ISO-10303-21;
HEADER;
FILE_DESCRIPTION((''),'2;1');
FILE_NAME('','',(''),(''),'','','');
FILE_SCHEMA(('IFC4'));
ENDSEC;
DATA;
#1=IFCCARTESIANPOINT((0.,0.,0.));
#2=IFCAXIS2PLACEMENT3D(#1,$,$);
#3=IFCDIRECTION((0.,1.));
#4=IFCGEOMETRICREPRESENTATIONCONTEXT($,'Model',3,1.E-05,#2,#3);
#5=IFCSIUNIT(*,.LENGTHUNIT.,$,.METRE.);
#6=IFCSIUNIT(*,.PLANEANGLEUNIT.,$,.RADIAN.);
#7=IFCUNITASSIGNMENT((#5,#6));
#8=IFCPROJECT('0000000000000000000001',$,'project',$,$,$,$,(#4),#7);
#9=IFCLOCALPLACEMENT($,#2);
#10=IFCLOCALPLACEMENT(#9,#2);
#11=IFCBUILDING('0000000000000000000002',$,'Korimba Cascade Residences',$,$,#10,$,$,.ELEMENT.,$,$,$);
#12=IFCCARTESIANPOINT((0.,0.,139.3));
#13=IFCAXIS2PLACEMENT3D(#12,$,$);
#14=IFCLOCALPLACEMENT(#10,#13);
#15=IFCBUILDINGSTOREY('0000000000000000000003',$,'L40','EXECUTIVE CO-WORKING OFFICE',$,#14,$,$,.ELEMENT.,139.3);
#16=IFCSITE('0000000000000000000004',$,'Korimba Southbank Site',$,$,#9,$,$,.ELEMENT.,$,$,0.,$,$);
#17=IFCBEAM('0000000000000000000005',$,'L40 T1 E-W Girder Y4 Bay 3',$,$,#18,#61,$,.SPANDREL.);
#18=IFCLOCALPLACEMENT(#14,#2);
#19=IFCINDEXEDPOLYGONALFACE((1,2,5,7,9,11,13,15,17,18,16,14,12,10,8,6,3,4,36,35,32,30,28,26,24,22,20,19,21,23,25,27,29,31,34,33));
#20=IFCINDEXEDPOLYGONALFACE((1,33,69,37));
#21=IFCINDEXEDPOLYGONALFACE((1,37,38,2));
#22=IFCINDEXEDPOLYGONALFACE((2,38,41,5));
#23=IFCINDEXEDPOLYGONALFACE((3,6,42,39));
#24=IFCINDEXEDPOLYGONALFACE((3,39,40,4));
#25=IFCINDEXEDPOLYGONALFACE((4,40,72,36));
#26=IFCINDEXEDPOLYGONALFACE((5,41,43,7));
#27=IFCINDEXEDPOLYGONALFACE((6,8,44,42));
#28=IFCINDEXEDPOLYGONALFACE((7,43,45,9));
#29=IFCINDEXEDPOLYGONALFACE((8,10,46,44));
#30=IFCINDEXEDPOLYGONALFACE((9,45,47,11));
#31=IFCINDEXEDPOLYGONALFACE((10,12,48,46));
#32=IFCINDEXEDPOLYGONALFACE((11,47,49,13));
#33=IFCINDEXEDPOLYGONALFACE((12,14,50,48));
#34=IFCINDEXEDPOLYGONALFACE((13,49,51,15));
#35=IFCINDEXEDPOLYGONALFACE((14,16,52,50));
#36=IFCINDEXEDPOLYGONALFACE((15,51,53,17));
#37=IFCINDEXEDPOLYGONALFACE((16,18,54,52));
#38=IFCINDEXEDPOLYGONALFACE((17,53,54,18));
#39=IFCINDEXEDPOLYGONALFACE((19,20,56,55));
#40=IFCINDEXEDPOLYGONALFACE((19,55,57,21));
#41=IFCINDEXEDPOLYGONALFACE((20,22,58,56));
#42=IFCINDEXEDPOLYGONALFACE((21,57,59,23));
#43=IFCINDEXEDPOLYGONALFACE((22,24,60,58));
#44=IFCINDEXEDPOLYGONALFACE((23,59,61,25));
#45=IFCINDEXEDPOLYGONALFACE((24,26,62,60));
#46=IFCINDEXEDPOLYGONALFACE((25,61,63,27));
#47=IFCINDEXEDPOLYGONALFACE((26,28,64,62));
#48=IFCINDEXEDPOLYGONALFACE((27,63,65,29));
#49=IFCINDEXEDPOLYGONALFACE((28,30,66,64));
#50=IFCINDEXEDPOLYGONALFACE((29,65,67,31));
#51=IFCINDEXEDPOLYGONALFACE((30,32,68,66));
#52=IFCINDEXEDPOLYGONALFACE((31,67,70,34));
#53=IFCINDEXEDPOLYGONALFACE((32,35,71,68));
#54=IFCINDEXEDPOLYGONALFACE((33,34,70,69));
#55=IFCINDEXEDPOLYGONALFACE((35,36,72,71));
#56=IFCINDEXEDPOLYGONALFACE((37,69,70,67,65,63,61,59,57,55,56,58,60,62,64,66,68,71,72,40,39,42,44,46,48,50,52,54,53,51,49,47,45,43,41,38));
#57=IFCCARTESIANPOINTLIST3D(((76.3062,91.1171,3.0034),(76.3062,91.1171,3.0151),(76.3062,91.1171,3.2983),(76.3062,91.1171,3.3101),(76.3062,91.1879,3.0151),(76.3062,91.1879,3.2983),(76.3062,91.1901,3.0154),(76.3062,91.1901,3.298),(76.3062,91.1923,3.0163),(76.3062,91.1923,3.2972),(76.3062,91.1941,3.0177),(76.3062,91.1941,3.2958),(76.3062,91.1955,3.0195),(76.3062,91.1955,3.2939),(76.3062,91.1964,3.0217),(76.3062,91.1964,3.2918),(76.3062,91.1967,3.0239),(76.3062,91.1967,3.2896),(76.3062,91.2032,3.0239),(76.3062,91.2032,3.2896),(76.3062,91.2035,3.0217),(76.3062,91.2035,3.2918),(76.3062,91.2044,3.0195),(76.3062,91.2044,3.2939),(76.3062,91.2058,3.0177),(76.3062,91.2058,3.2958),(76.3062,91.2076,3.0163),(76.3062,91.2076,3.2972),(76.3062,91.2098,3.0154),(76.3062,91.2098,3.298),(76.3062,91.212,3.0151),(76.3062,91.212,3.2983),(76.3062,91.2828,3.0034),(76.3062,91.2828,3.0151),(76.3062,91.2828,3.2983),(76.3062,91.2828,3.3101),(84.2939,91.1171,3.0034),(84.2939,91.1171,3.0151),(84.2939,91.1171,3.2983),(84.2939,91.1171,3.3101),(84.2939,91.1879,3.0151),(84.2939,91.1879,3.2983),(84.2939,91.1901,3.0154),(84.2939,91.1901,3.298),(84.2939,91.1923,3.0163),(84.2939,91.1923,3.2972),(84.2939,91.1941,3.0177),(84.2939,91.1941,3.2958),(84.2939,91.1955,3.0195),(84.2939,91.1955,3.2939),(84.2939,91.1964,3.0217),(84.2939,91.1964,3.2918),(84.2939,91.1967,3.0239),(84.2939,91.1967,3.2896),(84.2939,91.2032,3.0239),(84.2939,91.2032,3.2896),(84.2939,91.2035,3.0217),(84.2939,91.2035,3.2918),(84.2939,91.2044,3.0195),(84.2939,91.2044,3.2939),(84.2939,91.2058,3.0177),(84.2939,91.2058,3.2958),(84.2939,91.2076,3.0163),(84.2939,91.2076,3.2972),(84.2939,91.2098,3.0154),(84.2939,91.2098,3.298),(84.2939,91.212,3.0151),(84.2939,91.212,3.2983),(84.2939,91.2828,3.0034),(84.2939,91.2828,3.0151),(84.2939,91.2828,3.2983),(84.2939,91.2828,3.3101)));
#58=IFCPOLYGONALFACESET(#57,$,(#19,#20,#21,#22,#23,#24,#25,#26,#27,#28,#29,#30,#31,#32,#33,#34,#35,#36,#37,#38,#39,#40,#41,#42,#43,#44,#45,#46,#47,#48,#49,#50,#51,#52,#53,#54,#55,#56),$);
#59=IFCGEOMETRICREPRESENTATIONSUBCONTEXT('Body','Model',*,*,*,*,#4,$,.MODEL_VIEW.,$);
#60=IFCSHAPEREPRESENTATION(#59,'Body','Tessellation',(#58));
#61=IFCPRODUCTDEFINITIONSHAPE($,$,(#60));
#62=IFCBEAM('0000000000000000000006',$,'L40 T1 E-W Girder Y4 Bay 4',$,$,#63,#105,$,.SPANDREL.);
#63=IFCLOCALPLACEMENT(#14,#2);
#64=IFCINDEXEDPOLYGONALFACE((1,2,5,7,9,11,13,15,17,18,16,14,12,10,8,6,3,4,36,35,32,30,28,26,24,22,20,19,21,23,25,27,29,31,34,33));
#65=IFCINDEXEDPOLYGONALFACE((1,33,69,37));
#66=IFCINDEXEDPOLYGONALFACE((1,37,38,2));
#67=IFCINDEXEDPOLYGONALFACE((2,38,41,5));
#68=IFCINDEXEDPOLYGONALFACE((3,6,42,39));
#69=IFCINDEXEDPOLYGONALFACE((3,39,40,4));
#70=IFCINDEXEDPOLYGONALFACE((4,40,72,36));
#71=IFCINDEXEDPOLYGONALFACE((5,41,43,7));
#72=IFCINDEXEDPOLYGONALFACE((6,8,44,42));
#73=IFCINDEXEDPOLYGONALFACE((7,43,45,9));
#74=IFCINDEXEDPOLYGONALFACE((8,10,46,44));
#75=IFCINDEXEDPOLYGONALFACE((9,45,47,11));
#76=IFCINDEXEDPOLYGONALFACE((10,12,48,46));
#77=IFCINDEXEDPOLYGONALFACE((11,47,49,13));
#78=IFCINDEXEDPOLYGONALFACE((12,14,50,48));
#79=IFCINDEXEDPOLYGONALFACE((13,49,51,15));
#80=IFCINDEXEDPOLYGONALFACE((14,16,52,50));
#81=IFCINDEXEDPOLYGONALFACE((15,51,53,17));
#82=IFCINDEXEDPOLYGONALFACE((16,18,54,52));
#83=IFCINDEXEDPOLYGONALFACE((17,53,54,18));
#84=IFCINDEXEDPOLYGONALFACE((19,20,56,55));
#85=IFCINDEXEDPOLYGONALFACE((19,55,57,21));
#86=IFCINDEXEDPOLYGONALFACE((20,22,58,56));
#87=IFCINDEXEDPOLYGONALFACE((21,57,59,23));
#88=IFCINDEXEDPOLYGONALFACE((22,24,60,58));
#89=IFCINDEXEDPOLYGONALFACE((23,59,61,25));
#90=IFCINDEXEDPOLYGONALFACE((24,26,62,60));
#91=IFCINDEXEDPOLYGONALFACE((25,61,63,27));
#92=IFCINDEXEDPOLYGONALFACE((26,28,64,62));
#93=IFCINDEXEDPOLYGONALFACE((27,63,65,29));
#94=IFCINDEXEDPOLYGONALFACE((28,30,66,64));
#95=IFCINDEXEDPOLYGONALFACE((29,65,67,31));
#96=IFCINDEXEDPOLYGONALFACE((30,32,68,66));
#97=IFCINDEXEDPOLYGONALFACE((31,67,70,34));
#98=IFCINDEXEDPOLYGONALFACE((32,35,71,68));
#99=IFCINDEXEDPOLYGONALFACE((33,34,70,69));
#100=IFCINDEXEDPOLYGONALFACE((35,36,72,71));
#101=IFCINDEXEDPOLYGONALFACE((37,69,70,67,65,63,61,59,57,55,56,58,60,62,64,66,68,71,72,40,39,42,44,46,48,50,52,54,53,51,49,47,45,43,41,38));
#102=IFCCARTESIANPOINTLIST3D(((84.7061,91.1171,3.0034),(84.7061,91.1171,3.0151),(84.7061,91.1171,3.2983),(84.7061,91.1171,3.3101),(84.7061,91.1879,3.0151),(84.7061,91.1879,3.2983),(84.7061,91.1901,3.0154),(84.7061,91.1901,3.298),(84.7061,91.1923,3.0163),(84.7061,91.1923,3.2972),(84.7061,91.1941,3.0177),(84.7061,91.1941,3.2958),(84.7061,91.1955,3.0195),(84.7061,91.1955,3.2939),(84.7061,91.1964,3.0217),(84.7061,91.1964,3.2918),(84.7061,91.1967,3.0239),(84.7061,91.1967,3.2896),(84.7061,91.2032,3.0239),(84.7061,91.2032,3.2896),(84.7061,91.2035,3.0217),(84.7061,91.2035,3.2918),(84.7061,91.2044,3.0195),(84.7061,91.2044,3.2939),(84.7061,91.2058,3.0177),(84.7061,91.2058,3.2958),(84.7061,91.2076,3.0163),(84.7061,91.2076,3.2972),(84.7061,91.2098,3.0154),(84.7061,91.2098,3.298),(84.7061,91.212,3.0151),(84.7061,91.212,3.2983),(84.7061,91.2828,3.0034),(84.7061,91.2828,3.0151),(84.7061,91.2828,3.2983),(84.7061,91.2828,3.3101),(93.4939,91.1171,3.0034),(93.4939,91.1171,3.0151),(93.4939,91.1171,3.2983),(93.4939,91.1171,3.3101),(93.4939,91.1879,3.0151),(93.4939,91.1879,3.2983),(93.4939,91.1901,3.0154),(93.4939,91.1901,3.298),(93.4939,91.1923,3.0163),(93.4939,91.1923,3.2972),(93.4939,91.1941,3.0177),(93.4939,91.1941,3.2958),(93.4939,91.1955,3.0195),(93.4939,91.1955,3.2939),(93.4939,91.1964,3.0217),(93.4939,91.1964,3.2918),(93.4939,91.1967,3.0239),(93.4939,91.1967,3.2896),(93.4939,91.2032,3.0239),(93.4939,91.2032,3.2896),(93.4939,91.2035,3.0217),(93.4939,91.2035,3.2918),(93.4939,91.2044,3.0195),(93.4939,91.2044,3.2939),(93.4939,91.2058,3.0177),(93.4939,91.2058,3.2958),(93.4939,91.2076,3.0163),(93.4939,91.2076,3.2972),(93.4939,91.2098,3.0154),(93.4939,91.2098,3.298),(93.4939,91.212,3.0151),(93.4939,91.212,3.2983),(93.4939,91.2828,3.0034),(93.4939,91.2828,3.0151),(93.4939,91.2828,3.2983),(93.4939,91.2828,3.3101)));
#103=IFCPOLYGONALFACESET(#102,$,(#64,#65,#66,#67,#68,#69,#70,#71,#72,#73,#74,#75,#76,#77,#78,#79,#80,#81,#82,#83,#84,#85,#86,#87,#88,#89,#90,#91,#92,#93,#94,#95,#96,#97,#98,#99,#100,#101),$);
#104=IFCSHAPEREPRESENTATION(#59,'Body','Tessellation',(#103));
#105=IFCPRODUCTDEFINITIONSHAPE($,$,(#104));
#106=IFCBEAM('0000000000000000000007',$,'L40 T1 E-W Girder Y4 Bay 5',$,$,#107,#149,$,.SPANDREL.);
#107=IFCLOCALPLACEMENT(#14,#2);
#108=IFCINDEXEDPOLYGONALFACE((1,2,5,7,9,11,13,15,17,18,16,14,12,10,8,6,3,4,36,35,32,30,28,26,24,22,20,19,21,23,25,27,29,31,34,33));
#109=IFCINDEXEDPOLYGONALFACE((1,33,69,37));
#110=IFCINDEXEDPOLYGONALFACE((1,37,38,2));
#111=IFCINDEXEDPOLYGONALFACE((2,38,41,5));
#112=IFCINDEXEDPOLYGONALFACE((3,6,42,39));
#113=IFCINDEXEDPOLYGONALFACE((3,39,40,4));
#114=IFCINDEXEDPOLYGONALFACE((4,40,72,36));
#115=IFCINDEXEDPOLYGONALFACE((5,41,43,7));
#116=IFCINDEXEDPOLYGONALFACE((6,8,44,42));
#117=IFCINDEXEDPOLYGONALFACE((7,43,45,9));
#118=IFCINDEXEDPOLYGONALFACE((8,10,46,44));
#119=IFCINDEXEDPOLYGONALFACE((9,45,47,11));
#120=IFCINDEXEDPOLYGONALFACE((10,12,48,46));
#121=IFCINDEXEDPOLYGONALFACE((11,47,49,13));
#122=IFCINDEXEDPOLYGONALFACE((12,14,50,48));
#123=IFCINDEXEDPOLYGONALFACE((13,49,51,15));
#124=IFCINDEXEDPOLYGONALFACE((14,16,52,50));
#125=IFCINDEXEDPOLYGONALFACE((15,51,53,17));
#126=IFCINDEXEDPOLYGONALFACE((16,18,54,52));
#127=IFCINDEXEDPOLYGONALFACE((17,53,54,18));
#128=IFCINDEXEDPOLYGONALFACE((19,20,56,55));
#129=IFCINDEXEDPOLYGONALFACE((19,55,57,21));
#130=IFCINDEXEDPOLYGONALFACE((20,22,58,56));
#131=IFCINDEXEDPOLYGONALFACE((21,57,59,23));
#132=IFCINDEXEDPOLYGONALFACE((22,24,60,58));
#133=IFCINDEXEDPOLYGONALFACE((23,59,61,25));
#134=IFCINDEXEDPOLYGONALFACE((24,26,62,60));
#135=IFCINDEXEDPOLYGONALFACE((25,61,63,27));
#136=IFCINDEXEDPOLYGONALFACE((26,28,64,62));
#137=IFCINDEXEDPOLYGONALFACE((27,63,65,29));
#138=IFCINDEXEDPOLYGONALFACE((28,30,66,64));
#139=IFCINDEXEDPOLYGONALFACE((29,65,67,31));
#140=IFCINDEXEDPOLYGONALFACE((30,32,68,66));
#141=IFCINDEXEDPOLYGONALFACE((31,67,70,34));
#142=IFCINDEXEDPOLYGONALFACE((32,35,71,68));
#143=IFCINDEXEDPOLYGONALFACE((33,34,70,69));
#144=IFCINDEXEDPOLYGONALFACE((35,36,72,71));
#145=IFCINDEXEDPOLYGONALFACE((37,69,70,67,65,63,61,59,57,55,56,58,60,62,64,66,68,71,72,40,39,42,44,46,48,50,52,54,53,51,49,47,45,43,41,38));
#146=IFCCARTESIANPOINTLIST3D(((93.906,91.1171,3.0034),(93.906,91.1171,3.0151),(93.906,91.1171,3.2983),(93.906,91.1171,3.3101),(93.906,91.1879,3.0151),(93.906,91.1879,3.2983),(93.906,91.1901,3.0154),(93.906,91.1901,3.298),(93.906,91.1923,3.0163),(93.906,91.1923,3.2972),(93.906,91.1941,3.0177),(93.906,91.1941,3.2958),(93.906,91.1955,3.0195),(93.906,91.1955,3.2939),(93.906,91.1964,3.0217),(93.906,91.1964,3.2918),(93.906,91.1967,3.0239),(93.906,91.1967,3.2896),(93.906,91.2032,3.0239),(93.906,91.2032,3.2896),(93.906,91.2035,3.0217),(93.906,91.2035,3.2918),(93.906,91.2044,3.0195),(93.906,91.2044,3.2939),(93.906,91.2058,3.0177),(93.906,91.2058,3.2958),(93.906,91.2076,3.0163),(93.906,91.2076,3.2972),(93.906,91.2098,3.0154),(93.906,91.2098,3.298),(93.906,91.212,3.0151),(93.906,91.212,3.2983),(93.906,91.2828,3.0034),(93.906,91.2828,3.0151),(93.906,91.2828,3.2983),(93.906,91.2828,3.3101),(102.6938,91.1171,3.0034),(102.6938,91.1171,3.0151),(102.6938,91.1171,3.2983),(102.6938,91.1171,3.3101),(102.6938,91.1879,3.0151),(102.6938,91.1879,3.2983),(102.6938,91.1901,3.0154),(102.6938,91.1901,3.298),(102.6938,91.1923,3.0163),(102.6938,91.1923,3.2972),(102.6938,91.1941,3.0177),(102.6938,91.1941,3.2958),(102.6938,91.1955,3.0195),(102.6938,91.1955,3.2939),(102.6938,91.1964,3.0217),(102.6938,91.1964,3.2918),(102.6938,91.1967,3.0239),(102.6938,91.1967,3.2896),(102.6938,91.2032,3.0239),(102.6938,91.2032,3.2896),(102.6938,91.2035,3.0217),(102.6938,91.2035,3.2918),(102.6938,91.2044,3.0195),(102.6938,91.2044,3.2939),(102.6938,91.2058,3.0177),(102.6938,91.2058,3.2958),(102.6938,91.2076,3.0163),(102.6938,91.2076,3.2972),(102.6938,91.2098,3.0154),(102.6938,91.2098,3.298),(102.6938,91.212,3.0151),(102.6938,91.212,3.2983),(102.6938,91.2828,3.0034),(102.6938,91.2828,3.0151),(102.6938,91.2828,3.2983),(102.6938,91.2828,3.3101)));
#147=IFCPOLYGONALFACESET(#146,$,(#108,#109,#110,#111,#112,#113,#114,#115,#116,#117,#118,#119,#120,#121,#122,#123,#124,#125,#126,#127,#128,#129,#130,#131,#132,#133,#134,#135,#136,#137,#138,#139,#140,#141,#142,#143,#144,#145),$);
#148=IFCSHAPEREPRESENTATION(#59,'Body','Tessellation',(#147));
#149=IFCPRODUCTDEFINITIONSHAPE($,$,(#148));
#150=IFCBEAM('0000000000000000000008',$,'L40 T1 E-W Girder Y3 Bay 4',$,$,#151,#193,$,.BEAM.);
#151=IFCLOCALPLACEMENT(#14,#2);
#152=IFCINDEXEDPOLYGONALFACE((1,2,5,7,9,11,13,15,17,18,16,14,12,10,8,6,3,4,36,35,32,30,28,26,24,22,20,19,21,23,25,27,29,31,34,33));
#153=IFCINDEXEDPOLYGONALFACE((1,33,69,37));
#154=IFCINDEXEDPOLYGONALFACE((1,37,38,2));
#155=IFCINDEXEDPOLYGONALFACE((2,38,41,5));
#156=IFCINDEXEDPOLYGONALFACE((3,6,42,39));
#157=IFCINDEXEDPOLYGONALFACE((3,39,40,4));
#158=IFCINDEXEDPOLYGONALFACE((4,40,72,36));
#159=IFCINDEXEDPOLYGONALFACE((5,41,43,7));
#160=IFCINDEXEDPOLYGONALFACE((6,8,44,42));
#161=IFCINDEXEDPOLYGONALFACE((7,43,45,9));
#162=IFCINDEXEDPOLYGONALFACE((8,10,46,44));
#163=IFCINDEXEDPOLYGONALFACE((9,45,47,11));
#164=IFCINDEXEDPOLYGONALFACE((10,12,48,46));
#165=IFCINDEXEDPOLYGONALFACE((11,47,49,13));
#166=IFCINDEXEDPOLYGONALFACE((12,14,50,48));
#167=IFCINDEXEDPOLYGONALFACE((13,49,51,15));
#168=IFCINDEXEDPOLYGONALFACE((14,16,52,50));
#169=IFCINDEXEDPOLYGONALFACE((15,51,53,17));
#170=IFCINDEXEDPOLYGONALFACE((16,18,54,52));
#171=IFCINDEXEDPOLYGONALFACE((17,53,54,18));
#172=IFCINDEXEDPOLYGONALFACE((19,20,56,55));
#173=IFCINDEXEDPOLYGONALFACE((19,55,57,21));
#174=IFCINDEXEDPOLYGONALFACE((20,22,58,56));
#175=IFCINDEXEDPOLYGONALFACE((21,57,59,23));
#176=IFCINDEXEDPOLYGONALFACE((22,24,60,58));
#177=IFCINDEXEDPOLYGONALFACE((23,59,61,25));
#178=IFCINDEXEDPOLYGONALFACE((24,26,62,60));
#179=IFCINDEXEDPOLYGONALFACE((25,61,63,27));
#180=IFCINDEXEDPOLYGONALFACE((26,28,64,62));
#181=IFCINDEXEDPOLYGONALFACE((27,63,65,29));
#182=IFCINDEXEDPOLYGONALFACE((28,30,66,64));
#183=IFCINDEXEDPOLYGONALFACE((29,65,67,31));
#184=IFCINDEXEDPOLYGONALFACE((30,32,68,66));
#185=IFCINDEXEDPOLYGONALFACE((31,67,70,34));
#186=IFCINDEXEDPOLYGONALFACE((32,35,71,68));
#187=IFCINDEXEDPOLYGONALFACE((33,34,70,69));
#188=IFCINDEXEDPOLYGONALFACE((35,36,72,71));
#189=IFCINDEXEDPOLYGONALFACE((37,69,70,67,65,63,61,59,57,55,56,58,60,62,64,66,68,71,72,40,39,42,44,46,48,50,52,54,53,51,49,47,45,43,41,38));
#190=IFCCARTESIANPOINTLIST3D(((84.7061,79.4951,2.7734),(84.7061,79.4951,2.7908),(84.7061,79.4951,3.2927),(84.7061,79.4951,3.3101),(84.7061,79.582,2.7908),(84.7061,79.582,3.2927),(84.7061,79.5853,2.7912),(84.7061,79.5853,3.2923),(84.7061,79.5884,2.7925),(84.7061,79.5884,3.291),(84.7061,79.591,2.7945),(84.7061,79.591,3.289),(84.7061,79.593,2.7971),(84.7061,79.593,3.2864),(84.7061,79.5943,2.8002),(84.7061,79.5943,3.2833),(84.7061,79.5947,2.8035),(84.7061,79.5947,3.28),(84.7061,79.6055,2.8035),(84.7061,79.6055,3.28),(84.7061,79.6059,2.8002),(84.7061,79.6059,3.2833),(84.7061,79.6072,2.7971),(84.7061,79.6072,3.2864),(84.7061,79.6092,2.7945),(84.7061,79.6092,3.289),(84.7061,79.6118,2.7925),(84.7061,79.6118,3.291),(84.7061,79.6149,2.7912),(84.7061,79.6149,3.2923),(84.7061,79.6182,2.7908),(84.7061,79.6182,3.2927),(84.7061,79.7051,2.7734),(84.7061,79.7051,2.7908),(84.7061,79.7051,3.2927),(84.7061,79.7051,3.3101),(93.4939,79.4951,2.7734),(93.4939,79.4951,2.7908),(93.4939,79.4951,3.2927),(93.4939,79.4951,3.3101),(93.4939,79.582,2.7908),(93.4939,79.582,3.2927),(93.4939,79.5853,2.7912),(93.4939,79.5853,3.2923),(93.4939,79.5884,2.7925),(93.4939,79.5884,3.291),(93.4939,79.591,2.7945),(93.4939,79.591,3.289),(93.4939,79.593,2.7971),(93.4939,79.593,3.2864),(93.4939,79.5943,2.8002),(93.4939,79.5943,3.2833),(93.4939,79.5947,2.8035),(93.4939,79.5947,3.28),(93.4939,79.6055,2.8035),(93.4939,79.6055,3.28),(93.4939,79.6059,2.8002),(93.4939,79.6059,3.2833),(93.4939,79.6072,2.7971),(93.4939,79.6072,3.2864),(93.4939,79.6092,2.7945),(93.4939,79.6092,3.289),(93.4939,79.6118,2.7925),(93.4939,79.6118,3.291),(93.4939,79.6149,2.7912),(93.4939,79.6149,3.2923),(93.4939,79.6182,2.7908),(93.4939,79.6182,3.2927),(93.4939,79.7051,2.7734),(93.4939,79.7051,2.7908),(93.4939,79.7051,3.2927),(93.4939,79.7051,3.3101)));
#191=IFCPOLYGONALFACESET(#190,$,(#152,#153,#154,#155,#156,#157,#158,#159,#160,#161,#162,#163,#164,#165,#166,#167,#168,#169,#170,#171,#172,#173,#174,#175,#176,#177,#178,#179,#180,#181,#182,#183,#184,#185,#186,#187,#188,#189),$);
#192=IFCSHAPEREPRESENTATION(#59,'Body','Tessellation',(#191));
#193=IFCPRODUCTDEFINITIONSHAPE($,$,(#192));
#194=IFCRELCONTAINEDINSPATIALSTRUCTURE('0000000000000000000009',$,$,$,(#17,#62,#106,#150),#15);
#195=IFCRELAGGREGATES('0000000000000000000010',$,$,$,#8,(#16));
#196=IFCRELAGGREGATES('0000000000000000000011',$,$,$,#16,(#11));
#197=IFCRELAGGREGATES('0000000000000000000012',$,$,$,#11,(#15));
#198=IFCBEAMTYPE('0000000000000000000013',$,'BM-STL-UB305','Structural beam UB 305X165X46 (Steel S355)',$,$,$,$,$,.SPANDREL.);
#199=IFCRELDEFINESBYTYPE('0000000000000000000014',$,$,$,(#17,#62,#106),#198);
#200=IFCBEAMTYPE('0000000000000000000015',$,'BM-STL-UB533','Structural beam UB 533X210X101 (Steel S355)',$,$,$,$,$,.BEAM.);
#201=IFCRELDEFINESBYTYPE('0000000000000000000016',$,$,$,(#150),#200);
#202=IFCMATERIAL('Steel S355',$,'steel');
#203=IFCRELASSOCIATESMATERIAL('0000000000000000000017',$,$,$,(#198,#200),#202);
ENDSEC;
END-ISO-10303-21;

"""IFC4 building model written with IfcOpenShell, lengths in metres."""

from ifc_helpers import new_model, si_unit, direction, frame, origin, origin_2d, place, context, subcontext, project, spatial, i_section, extrude, material, material_profile, profile_set, type_object, element, save


model = new_model("IFC4")

# Units and contexts
model_context = context("Model", 3, precision=1e-05, world=origin(), true_north=direction((0.0, 1.0)))
body_context = subcontext(model_context, "Body", "Model", "MODEL_VIEW")
ifc_project = project(units=[si_unit("LENGTHUNIT", "METRE"), si_unit("PLANEANGLEUNIT", "RADIAN")], contexts=[model_context])

# Site, building, storey
site_placement = place(None, origin())
site = spatial("IfcSite", under=ifc_project, at=site_placement, Name="Korimba Southbank Site", CompositionType="ELEMENT", RefElevation=0.0)
building_placement = place(site_placement, origin())
building = spatial("IfcBuilding", under=site, at=building_placement, Name="Korimba Cascade Residences", CompositionType="ELEMENT")
storey_placement = place(building_placement, frame((0.0, 0.0, 139.3)))
storey = spatial("IfcBuildingStorey", under=building, at=storey_placement, Name="L40", Description="EXECUTIVE CO-WORKING OFFICE", CompositionType="ELEMENT", Elevation=139.3)

# Beams
ifc_material_1 = material(Name="Steel S355", Category="steel")
ifc_material_profile_1 = material_profile(ifc_material_1, i_section(OverallWidth=0.1658, OverallDepth=0.3066, WebThickness=0.0066, FlangeThickness=0.0117, FilletRadius=0.0088, at=origin_2d()), Name="Steel S355")
ifc_profile_set_1 = profile_set([ifc_material_profile_1], Name="Steel S355")
beam_type_1 = type_object("IfcBeamType", Name="BM-STL-UB305", Description="Structural beam UB 305X165X46 (Steel S355)", PredefinedType="SPANDREL", material=ifc_profile_set_1)
beam_placement = place(storey_placement, frame((76.3062, 91.2, 3.1567), z_axis=(1.0, 0.0, 0.0), x_axis=(0.0, 1.0, 0.0)))
element("IfcBeam", 1, at=beam_placement, inside=storey, type_object=beam_type_1, Name="L40 T1 E-W Girder Y4 Bay 3", PredefinedType="SPANDREL", context=body_context, shape_type="SweptSolid", body=[
    extrude(i_section(OverallWidth=0.1658, OverallDepth=0.3066, WebThickness=0.0066, FlangeThickness=0.0117, FilletRadius=0.0088, at=origin_2d()), origin(), (0.0, 0.0, 1.0), 7.9878),
])
for number, where, z_axis, x_axis, name in (
    (2, (84.7061, 91.2, 3.1567), (1.0, 0.0, 0.0), (0.0, 1.0, 0.0), "L40 T1 E-W Girder Y4 Bay 4"),
    (3, (93.906, 91.2, 3.1567), (1.0, 0.0, 0.0), (0.0, 1.0, 0.0), "L40 T1 E-W Girder Y4 Bay 5"),
):
    element("IfcBeam", number, at=place(storey_placement, frame(where, z_axis=z_axis, x_axis=x_axis)), inside=storey, type_object=beam_type_1, Name=name, PredefinedType="SPANDREL", context=body_context, shape_type="SweptSolid", body=[
        extrude(i_section(OverallWidth=0.1658, OverallDepth=0.3066, WebThickness=0.0066, FlangeThickness=0.0117, FilletRadius=0.0088, at=origin_2d()), origin(), (0.0, 0.0, 1.0), 8.7878),
    ])
ifc_material_profile_2 = material_profile(ifc_material_1, i_section(OverallWidth=0.21, OverallDepth=0.5366, WebThickness=0.0107, FlangeThickness=0.0173, FilletRadius=0.0127, at=origin_2d()), Name="Steel S355")
ifc_profile_set_2 = profile_set([ifc_material_profile_2], Name="Steel S355")
beam_type_2 = type_object("IfcBeamType", Name="BM-STL-UB533", Description="Structural beam UB 533X210X101 (Steel S355)", PredefinedType="BEAM", material=ifc_profile_set_2)
for number, where, z_axis, x_axis, name in (
    (4, (84.7061, 79.6001, 3.0417), (1.0, 0.0, 0.0), (0.0, 1.0, 0.0), "L40 T1 E-W Girder Y3 Bay 4"),
):
    element("IfcBeam", number, at=place(storey_placement, frame(where, z_axis=z_axis, x_axis=x_axis)), inside=storey, type_object=beam_type_2, Name=name, PredefinedType="BEAM", context=body_context, shape_type="SweptSolid", body=[
        extrude(i_section(OverallWidth=0.21, OverallDepth=0.5366, WebThickness=0.0107, FlangeThickness=0.0173, FilletRadius=0.0127, at=origin_2d()), origin(), (0.0, 0.0, 1.0), 8.7878),
    ])

save(model, "model.ifc")
